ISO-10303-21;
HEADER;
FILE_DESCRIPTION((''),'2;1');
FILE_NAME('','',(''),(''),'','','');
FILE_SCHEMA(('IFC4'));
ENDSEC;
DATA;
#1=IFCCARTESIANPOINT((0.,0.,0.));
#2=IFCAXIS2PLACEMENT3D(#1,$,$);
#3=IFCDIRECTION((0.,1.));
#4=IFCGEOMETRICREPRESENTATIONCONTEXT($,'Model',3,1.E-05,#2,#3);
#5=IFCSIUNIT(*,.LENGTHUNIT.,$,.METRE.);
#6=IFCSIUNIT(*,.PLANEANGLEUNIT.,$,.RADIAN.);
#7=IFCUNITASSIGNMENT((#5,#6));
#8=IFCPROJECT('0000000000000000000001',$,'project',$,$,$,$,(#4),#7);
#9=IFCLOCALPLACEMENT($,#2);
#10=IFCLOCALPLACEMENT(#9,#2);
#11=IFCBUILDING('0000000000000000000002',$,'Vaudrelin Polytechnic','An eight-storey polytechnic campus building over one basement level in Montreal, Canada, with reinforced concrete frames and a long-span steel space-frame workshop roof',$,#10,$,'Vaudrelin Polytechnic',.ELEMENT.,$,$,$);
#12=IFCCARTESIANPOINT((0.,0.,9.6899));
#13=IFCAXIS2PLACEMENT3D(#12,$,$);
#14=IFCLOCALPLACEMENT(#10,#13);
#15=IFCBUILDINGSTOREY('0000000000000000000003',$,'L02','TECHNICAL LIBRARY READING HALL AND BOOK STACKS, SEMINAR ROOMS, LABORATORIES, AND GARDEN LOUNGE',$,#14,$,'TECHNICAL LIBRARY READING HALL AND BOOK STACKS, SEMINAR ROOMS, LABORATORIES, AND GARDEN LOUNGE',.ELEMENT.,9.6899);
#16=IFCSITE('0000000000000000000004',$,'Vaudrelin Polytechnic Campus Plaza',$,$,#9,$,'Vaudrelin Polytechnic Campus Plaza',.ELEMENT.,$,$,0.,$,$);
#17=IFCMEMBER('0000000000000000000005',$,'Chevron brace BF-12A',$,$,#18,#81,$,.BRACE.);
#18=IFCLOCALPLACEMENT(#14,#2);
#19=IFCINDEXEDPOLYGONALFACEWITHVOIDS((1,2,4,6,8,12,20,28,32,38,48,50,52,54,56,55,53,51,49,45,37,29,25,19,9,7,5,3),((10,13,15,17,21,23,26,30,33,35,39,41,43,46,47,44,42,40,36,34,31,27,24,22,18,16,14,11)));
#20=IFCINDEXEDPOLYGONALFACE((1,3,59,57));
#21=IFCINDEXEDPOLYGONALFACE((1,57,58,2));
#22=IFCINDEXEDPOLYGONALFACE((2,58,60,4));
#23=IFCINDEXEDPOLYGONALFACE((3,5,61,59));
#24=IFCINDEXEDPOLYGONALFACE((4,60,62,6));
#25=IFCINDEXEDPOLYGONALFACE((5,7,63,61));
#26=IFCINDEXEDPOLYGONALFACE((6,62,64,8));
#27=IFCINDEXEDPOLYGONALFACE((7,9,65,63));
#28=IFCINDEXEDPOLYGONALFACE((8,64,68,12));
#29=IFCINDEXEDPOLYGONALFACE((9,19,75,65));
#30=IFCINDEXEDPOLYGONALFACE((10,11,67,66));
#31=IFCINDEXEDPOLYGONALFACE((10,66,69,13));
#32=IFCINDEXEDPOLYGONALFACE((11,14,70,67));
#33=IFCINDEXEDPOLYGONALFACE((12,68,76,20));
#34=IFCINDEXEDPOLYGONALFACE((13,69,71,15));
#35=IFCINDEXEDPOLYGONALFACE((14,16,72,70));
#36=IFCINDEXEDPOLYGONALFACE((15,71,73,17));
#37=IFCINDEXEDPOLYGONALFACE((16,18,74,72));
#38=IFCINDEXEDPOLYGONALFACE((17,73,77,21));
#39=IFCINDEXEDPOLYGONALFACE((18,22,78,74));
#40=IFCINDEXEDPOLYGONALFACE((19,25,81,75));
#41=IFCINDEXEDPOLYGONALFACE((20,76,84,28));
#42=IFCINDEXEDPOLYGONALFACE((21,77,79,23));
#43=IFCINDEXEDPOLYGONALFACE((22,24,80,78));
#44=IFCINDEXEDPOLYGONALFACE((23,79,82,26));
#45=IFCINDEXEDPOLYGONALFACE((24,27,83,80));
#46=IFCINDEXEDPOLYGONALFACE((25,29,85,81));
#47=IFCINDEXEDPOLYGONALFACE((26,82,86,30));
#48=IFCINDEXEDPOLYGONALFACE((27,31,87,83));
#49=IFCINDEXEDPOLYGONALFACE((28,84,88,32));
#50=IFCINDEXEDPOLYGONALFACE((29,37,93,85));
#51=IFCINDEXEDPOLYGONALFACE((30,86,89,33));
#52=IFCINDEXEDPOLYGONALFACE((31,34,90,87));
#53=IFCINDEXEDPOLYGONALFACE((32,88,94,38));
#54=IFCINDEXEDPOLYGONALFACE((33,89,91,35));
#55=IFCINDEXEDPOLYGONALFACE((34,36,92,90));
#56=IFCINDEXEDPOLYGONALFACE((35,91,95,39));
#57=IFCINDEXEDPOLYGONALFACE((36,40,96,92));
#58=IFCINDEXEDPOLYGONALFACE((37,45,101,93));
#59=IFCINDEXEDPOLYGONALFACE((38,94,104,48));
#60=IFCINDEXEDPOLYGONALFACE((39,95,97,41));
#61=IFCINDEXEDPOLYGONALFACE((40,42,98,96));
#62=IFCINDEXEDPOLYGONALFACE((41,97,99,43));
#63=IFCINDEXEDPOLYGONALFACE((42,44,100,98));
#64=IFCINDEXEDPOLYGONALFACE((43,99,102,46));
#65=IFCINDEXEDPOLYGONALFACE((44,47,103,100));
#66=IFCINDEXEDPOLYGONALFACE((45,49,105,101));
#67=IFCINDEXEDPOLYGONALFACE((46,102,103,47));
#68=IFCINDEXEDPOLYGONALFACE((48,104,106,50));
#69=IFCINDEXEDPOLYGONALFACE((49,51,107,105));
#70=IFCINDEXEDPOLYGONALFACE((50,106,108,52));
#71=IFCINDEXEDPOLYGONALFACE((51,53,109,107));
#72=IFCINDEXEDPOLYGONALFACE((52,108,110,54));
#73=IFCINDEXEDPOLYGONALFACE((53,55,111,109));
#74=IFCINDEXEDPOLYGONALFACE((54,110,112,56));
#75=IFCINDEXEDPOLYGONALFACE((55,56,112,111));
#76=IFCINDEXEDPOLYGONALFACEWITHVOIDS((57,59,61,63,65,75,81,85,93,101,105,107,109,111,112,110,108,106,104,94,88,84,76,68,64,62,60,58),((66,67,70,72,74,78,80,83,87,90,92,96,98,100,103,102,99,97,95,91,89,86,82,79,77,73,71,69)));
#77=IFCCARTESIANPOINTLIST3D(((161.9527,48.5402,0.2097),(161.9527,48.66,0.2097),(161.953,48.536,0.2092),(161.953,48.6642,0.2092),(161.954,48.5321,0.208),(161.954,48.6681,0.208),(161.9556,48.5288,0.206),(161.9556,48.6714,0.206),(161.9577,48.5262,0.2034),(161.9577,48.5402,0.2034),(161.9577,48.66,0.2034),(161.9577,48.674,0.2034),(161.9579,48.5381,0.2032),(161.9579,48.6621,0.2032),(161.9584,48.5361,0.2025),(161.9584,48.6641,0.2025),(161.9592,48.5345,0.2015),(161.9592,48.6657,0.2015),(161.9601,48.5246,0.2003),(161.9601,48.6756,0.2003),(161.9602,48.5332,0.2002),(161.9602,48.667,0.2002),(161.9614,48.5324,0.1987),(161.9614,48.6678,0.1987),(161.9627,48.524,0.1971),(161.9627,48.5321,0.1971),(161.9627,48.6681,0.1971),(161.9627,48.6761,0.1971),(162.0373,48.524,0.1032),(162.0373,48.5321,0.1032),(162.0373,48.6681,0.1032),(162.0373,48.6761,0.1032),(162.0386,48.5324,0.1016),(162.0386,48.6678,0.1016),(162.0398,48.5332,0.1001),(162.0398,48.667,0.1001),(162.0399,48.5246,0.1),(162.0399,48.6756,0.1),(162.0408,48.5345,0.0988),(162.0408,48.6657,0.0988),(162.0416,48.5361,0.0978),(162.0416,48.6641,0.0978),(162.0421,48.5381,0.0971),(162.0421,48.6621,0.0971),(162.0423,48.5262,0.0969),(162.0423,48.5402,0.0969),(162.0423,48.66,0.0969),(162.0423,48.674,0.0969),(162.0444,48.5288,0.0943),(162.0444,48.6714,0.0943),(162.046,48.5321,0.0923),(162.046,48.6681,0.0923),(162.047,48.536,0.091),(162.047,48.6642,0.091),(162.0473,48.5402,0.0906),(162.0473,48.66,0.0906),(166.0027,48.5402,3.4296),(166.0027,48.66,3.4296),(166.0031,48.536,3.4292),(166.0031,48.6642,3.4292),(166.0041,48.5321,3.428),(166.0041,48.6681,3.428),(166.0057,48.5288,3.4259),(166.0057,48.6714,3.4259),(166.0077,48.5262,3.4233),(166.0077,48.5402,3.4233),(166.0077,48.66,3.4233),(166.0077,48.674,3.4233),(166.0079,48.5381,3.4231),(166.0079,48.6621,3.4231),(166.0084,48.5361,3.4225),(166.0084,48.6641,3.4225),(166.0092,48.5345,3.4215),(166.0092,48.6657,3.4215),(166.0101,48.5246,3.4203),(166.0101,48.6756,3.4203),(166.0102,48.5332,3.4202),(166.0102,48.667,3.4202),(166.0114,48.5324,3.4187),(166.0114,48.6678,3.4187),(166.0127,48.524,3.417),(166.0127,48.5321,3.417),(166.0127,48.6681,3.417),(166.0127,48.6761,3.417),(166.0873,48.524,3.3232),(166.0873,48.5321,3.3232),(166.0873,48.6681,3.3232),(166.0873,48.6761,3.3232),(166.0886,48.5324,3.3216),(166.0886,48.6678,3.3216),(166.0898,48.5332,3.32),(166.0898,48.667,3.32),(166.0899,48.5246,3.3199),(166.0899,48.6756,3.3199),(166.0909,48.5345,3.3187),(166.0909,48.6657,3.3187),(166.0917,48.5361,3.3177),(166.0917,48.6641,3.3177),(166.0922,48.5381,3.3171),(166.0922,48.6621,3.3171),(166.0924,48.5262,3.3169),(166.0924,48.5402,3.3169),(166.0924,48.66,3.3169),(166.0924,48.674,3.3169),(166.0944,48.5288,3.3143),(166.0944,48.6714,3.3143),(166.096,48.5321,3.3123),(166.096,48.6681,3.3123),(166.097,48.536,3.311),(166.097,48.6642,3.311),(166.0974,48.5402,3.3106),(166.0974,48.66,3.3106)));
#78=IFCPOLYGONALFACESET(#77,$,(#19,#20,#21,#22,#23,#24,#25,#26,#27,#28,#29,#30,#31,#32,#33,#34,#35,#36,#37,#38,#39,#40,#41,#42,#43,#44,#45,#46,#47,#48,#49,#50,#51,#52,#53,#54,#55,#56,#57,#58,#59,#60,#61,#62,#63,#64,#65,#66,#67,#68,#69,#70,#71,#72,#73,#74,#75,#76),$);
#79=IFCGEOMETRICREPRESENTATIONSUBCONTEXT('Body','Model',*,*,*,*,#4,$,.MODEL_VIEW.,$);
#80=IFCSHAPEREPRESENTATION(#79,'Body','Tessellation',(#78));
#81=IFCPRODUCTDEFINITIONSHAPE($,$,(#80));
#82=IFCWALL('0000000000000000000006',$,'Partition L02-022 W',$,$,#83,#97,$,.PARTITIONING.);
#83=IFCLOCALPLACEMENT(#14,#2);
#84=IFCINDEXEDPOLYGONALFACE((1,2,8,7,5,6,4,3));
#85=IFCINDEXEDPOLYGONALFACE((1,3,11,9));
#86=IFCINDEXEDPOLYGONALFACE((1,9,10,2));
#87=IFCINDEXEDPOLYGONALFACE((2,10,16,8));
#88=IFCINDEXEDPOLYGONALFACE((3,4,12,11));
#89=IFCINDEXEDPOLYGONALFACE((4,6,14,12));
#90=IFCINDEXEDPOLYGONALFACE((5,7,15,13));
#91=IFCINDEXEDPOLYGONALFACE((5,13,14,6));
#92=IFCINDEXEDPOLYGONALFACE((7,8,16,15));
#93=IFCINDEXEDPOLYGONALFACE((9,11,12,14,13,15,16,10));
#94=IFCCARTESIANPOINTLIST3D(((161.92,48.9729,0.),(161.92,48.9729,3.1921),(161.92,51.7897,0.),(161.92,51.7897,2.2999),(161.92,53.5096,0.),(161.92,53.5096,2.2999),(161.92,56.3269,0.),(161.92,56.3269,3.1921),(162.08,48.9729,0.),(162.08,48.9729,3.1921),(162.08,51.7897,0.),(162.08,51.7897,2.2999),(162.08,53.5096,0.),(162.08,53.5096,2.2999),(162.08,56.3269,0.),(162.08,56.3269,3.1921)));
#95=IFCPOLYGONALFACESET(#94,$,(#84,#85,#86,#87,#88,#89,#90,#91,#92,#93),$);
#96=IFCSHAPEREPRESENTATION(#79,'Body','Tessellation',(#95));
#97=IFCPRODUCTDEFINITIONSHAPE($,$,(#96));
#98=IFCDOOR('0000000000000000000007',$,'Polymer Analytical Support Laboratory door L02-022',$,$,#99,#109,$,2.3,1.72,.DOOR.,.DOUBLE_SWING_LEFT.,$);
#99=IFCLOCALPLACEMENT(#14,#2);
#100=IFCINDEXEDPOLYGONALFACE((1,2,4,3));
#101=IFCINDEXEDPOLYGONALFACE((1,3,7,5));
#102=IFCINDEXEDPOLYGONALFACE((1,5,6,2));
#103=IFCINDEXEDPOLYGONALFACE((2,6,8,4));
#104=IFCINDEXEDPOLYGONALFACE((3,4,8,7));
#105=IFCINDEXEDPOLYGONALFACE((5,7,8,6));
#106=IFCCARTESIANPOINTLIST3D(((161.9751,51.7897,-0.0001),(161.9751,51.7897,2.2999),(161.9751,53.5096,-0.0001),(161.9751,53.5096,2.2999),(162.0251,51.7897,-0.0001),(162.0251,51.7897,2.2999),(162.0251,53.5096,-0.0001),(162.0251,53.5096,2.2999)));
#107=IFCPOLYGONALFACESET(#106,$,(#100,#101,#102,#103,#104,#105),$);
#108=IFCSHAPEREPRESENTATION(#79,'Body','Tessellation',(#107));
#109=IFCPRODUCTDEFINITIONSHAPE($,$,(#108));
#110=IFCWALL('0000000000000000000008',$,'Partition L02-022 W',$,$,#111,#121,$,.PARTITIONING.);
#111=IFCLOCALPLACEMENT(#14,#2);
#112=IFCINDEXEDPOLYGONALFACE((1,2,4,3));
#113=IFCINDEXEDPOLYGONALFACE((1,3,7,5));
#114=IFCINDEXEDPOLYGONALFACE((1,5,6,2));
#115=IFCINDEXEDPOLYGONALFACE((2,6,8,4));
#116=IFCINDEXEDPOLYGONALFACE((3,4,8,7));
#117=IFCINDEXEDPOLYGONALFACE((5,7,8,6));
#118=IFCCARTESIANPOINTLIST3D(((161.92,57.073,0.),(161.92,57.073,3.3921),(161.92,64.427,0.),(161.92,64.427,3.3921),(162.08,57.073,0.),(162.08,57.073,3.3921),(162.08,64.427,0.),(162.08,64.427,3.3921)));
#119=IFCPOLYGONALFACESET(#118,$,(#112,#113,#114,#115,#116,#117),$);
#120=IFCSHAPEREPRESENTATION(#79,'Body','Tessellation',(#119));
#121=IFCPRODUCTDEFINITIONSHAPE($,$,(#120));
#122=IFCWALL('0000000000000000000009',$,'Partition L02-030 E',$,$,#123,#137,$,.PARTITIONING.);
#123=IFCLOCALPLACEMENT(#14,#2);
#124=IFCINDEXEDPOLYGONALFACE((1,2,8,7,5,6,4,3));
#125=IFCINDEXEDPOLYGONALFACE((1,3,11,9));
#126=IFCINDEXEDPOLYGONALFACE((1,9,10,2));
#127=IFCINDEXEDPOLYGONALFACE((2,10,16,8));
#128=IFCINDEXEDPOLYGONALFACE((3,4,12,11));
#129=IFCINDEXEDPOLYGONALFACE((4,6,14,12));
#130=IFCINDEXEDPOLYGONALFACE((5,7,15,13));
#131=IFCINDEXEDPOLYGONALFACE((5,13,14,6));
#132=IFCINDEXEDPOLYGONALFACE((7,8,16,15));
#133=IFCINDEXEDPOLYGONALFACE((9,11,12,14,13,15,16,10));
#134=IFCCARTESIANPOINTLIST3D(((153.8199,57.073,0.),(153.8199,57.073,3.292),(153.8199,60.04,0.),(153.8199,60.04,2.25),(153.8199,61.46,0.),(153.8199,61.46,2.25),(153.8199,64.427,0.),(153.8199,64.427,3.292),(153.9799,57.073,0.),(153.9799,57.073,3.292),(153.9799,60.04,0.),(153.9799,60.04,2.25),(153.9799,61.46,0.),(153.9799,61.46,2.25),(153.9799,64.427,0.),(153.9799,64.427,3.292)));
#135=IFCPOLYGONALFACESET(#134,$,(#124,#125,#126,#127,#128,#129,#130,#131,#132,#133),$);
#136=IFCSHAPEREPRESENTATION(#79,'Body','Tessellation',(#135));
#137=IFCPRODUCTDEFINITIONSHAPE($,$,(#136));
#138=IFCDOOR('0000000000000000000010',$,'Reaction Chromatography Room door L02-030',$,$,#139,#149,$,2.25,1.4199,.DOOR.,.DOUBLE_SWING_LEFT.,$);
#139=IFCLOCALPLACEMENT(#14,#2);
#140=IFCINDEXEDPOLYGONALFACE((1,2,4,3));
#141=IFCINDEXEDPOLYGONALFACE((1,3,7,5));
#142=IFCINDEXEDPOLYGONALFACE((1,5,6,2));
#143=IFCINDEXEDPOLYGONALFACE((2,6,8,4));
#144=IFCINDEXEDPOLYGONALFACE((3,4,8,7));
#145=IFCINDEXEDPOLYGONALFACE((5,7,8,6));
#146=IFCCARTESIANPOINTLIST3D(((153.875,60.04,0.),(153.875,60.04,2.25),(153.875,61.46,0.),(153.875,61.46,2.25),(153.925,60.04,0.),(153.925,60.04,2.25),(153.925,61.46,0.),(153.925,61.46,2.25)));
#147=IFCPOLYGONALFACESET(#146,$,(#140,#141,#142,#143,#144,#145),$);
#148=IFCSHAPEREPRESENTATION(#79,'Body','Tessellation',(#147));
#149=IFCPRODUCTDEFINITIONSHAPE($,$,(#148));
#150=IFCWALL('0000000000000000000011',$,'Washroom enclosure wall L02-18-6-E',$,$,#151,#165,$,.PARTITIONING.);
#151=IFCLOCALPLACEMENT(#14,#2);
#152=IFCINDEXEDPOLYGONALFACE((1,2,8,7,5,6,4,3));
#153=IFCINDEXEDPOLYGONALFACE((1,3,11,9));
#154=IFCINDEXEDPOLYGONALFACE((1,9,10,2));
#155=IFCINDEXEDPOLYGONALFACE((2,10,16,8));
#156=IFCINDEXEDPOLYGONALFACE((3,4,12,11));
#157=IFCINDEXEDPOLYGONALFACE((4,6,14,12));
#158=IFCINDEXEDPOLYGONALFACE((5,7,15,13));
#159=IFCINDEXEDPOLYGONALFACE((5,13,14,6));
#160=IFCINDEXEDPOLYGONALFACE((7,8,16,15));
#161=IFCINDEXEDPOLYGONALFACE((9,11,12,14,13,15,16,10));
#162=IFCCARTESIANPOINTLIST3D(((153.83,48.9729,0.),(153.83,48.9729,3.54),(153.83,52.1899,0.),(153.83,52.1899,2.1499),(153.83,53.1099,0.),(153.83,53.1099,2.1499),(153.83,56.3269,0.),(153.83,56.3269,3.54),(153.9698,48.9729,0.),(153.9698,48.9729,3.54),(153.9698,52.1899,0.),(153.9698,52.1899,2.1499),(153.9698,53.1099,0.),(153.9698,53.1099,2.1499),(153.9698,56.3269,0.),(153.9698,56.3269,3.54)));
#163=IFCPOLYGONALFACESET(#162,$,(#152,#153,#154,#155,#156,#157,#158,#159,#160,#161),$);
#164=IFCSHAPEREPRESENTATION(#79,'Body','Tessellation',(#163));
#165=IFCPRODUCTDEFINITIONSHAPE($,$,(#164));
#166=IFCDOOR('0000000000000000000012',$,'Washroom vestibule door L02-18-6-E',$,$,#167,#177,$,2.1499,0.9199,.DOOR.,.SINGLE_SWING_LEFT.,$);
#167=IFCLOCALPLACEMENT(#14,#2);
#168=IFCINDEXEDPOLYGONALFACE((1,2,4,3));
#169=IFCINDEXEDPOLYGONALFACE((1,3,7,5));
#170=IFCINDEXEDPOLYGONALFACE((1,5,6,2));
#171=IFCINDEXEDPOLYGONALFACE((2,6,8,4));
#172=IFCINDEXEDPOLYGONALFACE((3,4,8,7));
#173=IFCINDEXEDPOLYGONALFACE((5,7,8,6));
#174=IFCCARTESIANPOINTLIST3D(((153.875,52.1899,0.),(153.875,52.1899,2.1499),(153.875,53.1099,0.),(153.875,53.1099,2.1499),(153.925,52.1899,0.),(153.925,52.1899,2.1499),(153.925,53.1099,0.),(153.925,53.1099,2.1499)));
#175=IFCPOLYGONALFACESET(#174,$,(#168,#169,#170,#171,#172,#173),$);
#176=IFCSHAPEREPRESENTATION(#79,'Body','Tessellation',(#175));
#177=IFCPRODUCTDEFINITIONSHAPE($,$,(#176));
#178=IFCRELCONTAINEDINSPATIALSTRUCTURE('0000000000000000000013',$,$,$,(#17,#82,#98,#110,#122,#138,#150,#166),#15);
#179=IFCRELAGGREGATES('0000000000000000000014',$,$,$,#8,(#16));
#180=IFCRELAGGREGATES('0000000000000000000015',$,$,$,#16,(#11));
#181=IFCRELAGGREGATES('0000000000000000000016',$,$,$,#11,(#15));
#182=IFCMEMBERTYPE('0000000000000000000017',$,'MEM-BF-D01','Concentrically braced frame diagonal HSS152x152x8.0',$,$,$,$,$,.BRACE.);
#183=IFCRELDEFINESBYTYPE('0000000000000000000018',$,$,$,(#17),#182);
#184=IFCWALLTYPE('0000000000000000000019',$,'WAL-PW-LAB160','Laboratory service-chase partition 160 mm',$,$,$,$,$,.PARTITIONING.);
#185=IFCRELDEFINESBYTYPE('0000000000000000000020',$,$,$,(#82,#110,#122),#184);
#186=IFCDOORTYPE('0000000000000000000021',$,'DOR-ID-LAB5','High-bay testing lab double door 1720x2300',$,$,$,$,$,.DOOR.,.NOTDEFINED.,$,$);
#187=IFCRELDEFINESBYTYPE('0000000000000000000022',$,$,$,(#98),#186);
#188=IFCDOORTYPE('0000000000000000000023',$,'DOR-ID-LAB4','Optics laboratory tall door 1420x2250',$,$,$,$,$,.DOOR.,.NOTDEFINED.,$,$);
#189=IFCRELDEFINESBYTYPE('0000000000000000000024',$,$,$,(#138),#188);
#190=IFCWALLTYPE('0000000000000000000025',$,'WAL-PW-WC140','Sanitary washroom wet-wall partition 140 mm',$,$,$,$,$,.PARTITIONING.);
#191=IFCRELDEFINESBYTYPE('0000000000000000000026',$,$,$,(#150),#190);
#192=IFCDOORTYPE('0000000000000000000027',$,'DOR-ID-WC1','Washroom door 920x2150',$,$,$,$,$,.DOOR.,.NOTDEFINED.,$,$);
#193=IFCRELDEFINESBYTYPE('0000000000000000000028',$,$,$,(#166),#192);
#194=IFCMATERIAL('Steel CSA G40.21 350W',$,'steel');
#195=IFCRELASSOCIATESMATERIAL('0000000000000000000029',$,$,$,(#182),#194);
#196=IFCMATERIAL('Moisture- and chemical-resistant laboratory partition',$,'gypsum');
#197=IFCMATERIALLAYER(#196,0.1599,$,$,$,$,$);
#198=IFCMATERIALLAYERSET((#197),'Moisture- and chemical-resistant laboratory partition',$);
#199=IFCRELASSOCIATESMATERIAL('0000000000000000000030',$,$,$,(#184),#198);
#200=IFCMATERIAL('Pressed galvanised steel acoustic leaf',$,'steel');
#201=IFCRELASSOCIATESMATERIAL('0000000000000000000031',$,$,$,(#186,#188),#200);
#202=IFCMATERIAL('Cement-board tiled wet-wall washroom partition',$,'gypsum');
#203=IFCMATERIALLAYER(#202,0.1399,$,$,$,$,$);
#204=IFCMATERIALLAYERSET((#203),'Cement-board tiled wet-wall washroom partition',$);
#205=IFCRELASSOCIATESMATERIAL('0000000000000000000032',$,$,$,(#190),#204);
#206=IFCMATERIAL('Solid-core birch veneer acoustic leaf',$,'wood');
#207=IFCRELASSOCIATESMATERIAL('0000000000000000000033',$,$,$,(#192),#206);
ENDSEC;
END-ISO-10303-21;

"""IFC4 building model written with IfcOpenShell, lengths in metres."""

from ifc_helpers import new_model, si_unit, direction, frame, frame_2d, origin, origin_2d, place, context, subcontext, project, spatial, rectangle, hollow_rectangle, extrude, material, layer, layer_set, material_profile, profile_set, type_object, element, fill, save


model = new_model("IFC4")

# Units and contexts
model_context = context("Model", 3, precision=1e-05, world=origin(), true_north=direction((0.0, 1.0)))
body_context = subcontext(model_context, "Body", "Model", "MODEL_VIEW")
ifc_project = project(units=[si_unit("LENGTHUNIT", "METRE"), si_unit("PLANEANGLEUNIT", "RADIAN")], contexts=[model_context])

# Site, building, storey
site_placement = place(None, origin())
site = spatial("IfcSite", under=ifc_project, at=site_placement, Name="Vaudrelin Polytechnic Campus Plaza", LongName="Vaudrelin Polytechnic Campus Plaza", CompositionType="ELEMENT", RefElevation=0.0)
building_placement = place(site_placement, origin())
building = spatial("IfcBuilding", under=site, at=building_placement, Name="Vaudrelin Polytechnic", Description="An eight-storey polytechnic campus building over one basement level in Montreal, Canada, with reinforced concrete frames and a long-span steel space-frame workshop roof", LongName="Vaudrelin Polytechnic", CompositionType="ELEMENT")
storey_placement = place(building_placement, frame((0.0, 0.0, 9.6899)))
storey = spatial("IfcBuildingStorey", under=building, at=storey_placement, Name="L02", Description="TECHNICAL LIBRARY READING HALL AND BOOK STACKS, SEMINAR ROOMS, LABORATORIES, AND GARDEN LOUNGE", LongName="TECHNICAL LIBRARY READING HALL AND BOOK STACKS, SEMINAR ROOMS, LABORATORIES, AND GARDEN LOUNGE", CompositionType="ELEMENT", Elevation=9.6899)

# Member
ifc_material_1 = material(Name="Steel CSA G40.21 350W", Category="steel")
ifc_material_profile_1 = material_profile(ifc_material_1, hollow_rectangle(XDim=0.1521, YDim=0.1521, WallThickness=0.0081, InnerFilletRadius=0.0081, OuterFilletRadius=0.0161, at=origin_2d()), Name="HSS152x152x8.0")
ifc_profile_set_1 = profile_set([ifc_material_profile_1], Name="Steel CSA G40.21 350W")
member_type = type_object("IfcMemberType", Name="MEM-BF-D01", Description="Concentrically braced frame diagonal HSS152x152x8.0", PredefinedType="BRACE", material=ifc_profile_set_1)
member_placement = place(storey_placement, frame((162.0, 48.6001, 0.1501), z_axis=(0.782757, 0.0, 0.622327), x_axis=(0.0, 1.0, 0.0)))
element("IfcMember", 1, at=member_placement, inside=storey, type_object=member_type, Name="Chevron brace BF-12A", PredefinedType="BRACE", context=body_context, shape_type="SweptSolid", body=[
    extrude(hollow_rectangle(XDim=0.1521, YDim=0.1521, WallThickness=0.0081, InnerFilletRadius=0.0081, OuterFilletRadius=0.0161, at=origin_2d()), origin(), (0.0, 0.0, 1.0), 5.1741),
])

# Wall, opening, door
ifc_material_2 = material(Name="Moisture- and chemical-resistant laboratory partition", Category="gypsum")
ifc_layer_1 = layer(ifc_material_2, 0.1599)
ifc_layer_set_1 = layer_set([ifc_layer_1], Name="Moisture- and chemical-resistant laboratory partition")
wall_type_1 = type_object("IfcWallType", Name="WAL-PW-LAB160", Description="Laboratory service-chase partition 160 mm", PredefinedType="PARTITIONING", material=ifc_layer_set_1)
wall_1_placement = place(storey_placement, frame((162.0, 48.9729, 0.0), z_axis=(0.0, 0.0, 1.0), x_axis=(0.0, 1.0, 0.0)))
wall_1 = element("IfcWall", 2, at=wall_1_placement, inside=storey, type_object=wall_type_1, Name="Partition L02-022 W", PredefinedType="PARTITIONING", context=body_context, shape_type="SweptSolid", body=[
    extrude(rectangle(XDim=7.354, YDim=0.1599, at=frame_2d((3.677, 0.0))), origin(), (0.0, 0.0, 1.0), 3.1921),
])
opening_1_placement = place(wall_1_placement, frame((2.8169, 0.0, 0.0)))
opening_1 = element("IfcOpeningElement", 3, at=opening_1_placement, cuts=wall_1, PredefinedType="OPENING", context=body_context, shape_type="SweptSolid", body=[
    extrude(rectangle(XDim=1.72, YDim=2.3, at=frame_2d((0.8599, 1.1499))), frame((0.0, 0.0898, 0.0), z_axis=(0.0, -1.0, 0.0), x_axis=(1.0, 0.0, 0.0)), (0.0, 0.0, 1.0), 0.1799),
])
ifc_material_3 = material(Name="Pressed galvanised steel acoustic leaf", Category="steel")
door_type_1 = type_object("IfcDoorType", Name="DOR-ID-LAB5", Description="High-bay testing lab double door 1720x2300", OperationType="NOTDEFINED", PredefinedType="DOOR", material=ifc_material_3)
door_1_placement = place(opening_1_placement, origin())
door_1 = element("IfcDoor", 4, at=door_1_placement, inside=storey, type_object=door_type_1, Name="Polymer Analytical Support Laboratory door L02-022", OperationType="DOUBLE_SWING_LEFT", OverallHeight=2.3, OverallWidth=1.72, PredefinedType="DOOR", context=body_context, shape_type="SweptSolid", body=[
    extrude(rectangle(XDim=1.72, YDim=2.3, at=frame_2d((0.8599, 1.1499))), frame((0.0, 0.0249, 0.0), z_axis=(0.0, -1.0, 0.0), x_axis=(1.0, 0.0, 0.0)), (0.0, 0.0, 1.0), 0.05),
])
fill(opening_1, door_1)

# Wall
wall_2_placement = place(storey_placement, frame((162.0, 57.073, 0.0), z_axis=(0.0, 0.0, 1.0), x_axis=(0.0, 1.0, 0.0)))
element("IfcWall", 5, at=wall_2_placement, inside=storey, type_object=wall_type_1, Name="Partition L02-022 W", PredefinedType="PARTITIONING", context=body_context, shape_type="SweptSolid", body=[
    extrude(rectangle(XDim=7.354, YDim=0.1599, at=frame_2d((3.677, 0.0))), origin(), (0.0, 0.0, 1.0), 3.3921),
])

# Walls, openings, doors
wall_3_placement = place(storey_placement, frame((153.8999, 57.073, 0.0), z_axis=(0.0, 0.0, 1.0), x_axis=(0.0, 1.0, 0.0)))
wall_3 = element("IfcWall", 6, at=wall_3_placement, inside=storey, type_object=wall_type_1, Name="Partition L02-030 E", PredefinedType="PARTITIONING", context=body_context, shape_type="SweptSolid", body=[
    extrude(rectangle(XDim=7.354, YDim=0.1599, at=frame_2d((3.677, 0.0))), origin(), (0.0, 0.0, 1.0), 3.292),
])
opening_2_placement = place(wall_3_placement, frame((2.967, 0.0, 0.0)))
opening_2 = element("IfcOpeningElement", 7, at=opening_2_placement, cuts=wall_3, PredefinedType="OPENING", context=body_context, shape_type="SweptSolid", body=[
    extrude(rectangle(XDim=1.4199, YDim=2.25, at=frame_2d((0.71, 1.125))), frame((0.0, 0.0898, 0.0), z_axis=(0.0, -1.0, 0.0), x_axis=(1.0, 0.0, 0.0)), (0.0, 0.0, 1.0), 0.1799),
])
door_type_2 = type_object("IfcDoorType", Name="DOR-ID-LAB4", Description="Optics laboratory tall door 1420x2250", OperationType="NOTDEFINED", PredefinedType="DOOR", material=ifc_material_3)
door_2_placement = place(opening_2_placement, origin())
door_2 = element("IfcDoor", 8, at=door_2_placement, inside=storey, type_object=door_type_2, Name="Reaction Chromatography Room door L02-030", OperationType="DOUBLE_SWING_LEFT", OverallHeight=2.25, OverallWidth=1.4199, PredefinedType="DOOR", context=body_context, shape_type="SweptSolid", body=[
    extrude(rectangle(XDim=1.4199, YDim=2.25, at=frame_2d((0.71, 1.125))), frame((0.0, 0.0249, 0.0), z_axis=(0.0, -1.0, 0.0), x_axis=(1.0, 0.0, 0.0)), (0.0, 0.0, 1.0), 0.05),
])
fill(opening_2, door_2)
ifc_material_4 = material(Name="Cement-board tiled wet-wall washroom partition", Category="gypsum")
ifc_layer_2 = layer(ifc_material_4, 0.1399)
ifc_layer_set_2 = layer_set([ifc_layer_2], Name="Cement-board tiled wet-wall washroom partition")
wall_type_2 = type_object("IfcWallType", Name="WAL-PW-WC140", Description="Sanitary washroom wet-wall partition 140 mm", PredefinedType="PARTITIONING", material=ifc_layer_set_2)
wall_4_placement = place(storey_placement, frame((153.8999, 48.9729, 0.0), z_axis=(0.0, 0.0, 1.0), x_axis=(0.0, 1.0, 0.0)))
wall_4 = element("IfcWall", 9, at=wall_4_placement, inside=storey, type_object=wall_type_2, Name="Washroom enclosure wall L02-18-6-E", PredefinedType="PARTITIONING", context=body_context, shape_type="SweptSolid", body=[
    extrude(rectangle(XDim=7.354, YDim=0.1399, at=frame_2d((3.677, 0.0))), origin(), (0.0, 0.0, 1.0), 3.54),
])
opening_3_placement = place(wall_4_placement, frame((3.217, 0.0, 0.0)))
opening_3 = element("IfcOpeningElement", 10, at=opening_3_placement, cuts=wall_4, PredefinedType="OPENING", context=body_context, shape_type="SweptSolid", body=[
    extrude(rectangle(XDim=0.9199, YDim=2.1499, at=frame_2d((0.46, 1.075))), frame((0.0, 0.0801, 0.0), z_axis=(0.0, -1.0, 0.0), x_axis=(1.0, 0.0, 0.0)), (0.0, 0.0, 1.0), 0.1599),
])
ifc_material_5 = material(Name="Solid-core birch veneer acoustic leaf", Category="wood")
door_type_3 = type_object("IfcDoorType", Name="DOR-ID-WC1", Description="Washroom door 920x2150", OperationType="NOTDEFINED", PredefinedType="DOOR", material=ifc_material_5)
door_3_placement = place(opening_3_placement, origin())
door_3 = element("IfcDoor", 11, at=door_3_placement, inside=storey, type_object=door_type_3, Name="Washroom vestibule door L02-18-6-E", OperationType="SINGLE_SWING_LEFT", OverallHeight=2.1499, OverallWidth=0.9199, PredefinedType="DOOR", context=body_context, shape_type="SweptSolid", body=[
    extrude(rectangle(XDim=0.9199, YDim=2.1499, at=frame_2d((0.46, 1.075))), frame((0.0, 0.0249, 0.0), z_axis=(0.0, -1.0, 0.0), x_axis=(1.0, 0.0, 0.0)), (0.0, 0.0, 1.0), 0.05),
])
fill(opening_3, door_3)

save(model, "model.ifc")
